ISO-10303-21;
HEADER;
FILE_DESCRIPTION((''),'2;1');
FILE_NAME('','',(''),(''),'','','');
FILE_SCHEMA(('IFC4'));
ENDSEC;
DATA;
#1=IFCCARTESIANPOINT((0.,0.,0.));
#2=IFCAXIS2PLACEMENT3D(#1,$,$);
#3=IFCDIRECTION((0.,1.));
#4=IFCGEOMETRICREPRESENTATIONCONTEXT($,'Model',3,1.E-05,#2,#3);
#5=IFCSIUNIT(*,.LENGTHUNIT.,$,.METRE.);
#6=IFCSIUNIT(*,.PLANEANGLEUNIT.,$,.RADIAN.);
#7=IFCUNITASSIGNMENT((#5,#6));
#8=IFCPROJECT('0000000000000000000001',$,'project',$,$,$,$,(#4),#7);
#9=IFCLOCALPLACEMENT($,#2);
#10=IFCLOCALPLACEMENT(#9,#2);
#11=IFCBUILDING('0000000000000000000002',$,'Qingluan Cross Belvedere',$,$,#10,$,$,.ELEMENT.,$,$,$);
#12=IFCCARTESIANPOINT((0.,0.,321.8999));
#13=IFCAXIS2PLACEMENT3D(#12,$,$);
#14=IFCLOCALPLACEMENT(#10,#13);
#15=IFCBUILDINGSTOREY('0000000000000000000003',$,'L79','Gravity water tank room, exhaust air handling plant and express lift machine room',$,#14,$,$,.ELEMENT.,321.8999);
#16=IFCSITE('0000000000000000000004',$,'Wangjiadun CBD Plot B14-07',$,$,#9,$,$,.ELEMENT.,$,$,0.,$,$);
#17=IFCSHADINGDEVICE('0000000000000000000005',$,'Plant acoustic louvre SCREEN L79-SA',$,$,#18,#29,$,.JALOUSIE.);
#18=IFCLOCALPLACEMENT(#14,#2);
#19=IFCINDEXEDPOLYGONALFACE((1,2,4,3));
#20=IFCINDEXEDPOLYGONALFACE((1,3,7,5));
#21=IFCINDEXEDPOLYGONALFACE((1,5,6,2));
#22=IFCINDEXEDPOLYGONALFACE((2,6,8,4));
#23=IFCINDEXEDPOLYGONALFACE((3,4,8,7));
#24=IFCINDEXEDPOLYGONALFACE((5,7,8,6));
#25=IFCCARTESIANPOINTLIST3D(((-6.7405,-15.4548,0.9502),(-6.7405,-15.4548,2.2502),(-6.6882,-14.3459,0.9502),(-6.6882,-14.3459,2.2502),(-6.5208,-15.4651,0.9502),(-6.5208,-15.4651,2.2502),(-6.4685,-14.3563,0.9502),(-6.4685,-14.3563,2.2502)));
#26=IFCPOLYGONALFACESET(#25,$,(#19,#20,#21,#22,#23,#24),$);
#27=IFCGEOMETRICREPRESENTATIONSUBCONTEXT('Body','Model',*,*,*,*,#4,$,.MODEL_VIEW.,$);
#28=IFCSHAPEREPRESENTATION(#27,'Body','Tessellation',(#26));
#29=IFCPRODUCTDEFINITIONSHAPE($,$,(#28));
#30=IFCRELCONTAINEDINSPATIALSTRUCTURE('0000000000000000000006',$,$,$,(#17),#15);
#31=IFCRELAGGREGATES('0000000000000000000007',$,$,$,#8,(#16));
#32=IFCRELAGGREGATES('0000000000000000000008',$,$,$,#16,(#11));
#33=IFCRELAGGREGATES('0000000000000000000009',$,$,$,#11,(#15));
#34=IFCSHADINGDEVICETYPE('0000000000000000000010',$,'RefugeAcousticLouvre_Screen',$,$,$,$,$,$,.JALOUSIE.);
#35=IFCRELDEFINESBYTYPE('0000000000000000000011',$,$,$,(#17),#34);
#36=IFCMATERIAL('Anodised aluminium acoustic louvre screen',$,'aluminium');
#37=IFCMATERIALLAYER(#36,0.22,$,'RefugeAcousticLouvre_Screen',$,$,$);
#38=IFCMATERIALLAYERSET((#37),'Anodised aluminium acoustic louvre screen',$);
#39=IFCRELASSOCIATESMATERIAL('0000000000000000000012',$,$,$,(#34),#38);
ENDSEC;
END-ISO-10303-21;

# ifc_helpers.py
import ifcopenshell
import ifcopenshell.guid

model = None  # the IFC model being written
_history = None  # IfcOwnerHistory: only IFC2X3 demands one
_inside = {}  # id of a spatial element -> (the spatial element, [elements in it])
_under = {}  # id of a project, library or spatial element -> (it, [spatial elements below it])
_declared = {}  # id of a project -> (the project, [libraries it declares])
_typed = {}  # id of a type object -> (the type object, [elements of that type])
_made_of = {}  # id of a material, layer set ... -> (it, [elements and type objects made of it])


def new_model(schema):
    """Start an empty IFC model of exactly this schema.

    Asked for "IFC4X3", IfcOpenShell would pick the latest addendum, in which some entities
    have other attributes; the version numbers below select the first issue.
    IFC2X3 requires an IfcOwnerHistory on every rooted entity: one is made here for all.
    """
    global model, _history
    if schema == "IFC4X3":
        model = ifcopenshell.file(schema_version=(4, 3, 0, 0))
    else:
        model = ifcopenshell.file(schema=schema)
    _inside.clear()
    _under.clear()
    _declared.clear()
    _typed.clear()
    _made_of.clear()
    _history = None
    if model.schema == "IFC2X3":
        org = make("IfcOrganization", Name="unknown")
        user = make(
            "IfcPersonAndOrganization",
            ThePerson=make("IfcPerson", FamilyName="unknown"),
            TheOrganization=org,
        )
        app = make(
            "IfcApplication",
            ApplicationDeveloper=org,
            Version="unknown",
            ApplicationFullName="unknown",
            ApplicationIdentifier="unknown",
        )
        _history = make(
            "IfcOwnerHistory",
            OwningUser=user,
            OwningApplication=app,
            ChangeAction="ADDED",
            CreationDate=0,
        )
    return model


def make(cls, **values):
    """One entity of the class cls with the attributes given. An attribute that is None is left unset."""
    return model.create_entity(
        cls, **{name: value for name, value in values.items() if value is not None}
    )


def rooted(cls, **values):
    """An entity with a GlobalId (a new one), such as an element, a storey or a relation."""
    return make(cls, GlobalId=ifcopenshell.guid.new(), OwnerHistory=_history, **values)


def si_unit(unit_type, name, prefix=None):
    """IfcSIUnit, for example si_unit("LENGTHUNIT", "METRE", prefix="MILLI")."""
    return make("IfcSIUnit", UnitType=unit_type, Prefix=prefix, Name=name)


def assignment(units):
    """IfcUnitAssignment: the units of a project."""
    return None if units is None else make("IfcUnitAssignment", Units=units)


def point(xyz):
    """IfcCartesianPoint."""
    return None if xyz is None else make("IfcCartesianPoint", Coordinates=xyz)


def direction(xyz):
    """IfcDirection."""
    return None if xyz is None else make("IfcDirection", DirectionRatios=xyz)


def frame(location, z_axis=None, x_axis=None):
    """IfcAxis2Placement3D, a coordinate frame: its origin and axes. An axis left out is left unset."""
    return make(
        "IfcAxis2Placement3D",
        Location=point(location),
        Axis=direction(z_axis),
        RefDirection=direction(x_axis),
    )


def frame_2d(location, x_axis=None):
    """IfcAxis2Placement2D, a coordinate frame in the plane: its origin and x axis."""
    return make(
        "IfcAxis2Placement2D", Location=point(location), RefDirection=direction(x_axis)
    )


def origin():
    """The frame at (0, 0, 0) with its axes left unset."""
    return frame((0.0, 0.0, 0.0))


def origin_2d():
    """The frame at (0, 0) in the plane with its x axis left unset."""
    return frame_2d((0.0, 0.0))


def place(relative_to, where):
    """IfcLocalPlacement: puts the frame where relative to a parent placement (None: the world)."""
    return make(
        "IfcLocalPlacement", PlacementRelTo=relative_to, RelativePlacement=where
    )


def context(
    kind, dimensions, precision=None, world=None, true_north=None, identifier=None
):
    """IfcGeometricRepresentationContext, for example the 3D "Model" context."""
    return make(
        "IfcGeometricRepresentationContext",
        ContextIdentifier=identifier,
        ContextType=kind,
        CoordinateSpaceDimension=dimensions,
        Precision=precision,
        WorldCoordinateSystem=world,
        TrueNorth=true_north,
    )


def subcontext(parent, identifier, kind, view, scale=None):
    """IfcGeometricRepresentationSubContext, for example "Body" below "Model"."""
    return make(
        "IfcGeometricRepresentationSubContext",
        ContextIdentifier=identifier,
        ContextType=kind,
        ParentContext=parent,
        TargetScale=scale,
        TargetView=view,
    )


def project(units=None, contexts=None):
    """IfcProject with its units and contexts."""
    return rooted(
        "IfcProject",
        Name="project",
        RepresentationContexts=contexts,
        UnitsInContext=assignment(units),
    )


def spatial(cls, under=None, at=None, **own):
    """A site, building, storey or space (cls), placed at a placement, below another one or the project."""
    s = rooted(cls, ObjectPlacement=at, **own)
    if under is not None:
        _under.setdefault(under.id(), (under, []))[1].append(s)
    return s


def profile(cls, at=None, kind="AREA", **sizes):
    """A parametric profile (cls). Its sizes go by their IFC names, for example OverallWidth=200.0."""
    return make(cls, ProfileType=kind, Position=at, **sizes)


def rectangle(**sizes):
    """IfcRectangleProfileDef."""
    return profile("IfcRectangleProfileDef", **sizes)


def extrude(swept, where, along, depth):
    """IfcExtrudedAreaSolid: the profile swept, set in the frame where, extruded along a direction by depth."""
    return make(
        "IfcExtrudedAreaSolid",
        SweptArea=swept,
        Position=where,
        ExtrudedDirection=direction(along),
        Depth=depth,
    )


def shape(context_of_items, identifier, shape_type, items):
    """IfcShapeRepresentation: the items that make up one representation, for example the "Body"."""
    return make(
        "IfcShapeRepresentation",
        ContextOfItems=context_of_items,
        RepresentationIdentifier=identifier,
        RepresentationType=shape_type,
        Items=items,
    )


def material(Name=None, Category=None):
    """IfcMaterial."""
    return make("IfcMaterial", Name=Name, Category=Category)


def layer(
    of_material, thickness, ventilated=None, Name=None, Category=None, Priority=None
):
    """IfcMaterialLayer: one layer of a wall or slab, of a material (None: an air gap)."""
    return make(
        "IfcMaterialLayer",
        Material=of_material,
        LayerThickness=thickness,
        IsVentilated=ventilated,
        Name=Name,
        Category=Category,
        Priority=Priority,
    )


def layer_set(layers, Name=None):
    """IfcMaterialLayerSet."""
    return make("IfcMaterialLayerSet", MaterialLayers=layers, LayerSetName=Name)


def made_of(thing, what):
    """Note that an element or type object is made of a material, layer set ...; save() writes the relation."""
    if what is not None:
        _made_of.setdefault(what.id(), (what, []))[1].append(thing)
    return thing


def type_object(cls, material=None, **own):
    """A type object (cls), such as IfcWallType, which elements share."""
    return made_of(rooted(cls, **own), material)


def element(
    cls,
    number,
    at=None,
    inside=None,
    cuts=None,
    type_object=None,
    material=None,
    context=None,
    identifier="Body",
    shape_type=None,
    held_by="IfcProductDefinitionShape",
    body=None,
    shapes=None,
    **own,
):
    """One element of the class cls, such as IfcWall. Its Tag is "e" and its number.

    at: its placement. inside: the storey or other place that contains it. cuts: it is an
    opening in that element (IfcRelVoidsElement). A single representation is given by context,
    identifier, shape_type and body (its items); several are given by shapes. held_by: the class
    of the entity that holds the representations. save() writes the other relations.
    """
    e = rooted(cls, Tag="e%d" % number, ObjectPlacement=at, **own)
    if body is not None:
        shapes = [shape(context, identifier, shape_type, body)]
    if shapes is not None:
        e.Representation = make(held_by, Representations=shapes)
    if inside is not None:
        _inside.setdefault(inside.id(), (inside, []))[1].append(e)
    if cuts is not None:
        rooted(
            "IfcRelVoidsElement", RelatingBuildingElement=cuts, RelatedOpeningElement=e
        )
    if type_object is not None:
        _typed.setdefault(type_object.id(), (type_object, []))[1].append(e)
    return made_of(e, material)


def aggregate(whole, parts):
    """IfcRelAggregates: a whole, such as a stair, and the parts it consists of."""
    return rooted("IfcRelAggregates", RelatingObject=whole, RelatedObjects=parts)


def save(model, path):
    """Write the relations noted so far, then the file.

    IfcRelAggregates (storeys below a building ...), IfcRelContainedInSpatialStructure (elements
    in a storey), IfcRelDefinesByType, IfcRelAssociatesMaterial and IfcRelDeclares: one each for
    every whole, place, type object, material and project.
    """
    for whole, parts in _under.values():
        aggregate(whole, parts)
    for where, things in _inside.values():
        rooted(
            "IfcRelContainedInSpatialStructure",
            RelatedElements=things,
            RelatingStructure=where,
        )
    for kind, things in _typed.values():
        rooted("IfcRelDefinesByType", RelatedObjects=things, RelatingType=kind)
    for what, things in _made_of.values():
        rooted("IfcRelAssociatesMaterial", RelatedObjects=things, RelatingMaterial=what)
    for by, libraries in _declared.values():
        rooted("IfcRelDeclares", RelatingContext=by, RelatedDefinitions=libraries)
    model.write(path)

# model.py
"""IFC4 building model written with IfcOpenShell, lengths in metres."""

from ifc_helpers import new_model, si_unit, direction, frame, origin, origin_2d, place, context, subcontext, project, spatial, rectangle, extrude, material, layer, layer_set, type_object, element, save


model = new_model("IFC4")

# Units and contexts
model_context = context("Model", 3, precision=1e-05, world=origin(), true_north=direction((0.0, 1.0)))
body_context = subcontext(model_context, "Body", "Model", "MODEL_VIEW")
ifc_project = project(units=[si_unit("LENGTHUNIT", "METRE"), si_unit("PLANEANGLEUNIT", "RADIAN")], contexts=[model_context])

# Site, building, storey
site_placement = place(None, origin())
site = spatial("IfcSite", under=ifc_project, at=site_placement, Name="Wangjiadun CBD Plot B14-07", CompositionType="ELEMENT", RefElevation=0.0)
building_placement = place(site_placement, origin())
building = spatial("IfcBuilding", under=site, at=building_placement, Name="Qingluan Cross Belvedere", CompositionType="ELEMENT")
storey_placement = place(building_placement, frame((0.0, 0.0, 321.8999)))
storey = spatial("IfcBuildingStorey", under=building, at=storey_placement, Name="L79", Description="Gravity water tank room, exhaust air handling plant and express lift machine room", CompositionType="ELEMENT", Elevation=321.8999)

# Shading device
ifc_material_1 = material(Name="Anodised aluminium acoustic louvre screen", Category="aluminium")
ifc_layer_1 = layer(ifc_material_1, 0.22, Name="RefugeAcousticLouvre_Screen")
ifc_layer_set_1 = layer_set([ifc_layer_1], Name="Anodised aluminium acoustic louvre screen")
shading_device_type_1 = type_object("IfcShadingDeviceType", Name="RefugeAcousticLouvre_Screen", PredefinedType="JALOUSIE", material=ifc_layer_set_1)
shading_device_1_placement = place(storey_placement, frame((-6.6045, -14.9055, 0.9502), z_axis=(0.0, 0.0, 1.0), x_axis=(-0.047092, -0.998891, 0.0)))
element("IfcShadingDevice", 1, at=shading_device_1_placement, inside=storey, type_object=shading_device_type_1, Name="Plant acoustic louvre SCREEN L79-SA", PredefinedType="JALOUSIE", context=body_context, shape_type="SweptSolid", body=[
    extrude(rectangle(XDim=1.1101, YDim=0.22, at=origin_2d()), origin(), (0.0, 0.0, 1.0), 1.3),
])

save(model, "model.ifc")
